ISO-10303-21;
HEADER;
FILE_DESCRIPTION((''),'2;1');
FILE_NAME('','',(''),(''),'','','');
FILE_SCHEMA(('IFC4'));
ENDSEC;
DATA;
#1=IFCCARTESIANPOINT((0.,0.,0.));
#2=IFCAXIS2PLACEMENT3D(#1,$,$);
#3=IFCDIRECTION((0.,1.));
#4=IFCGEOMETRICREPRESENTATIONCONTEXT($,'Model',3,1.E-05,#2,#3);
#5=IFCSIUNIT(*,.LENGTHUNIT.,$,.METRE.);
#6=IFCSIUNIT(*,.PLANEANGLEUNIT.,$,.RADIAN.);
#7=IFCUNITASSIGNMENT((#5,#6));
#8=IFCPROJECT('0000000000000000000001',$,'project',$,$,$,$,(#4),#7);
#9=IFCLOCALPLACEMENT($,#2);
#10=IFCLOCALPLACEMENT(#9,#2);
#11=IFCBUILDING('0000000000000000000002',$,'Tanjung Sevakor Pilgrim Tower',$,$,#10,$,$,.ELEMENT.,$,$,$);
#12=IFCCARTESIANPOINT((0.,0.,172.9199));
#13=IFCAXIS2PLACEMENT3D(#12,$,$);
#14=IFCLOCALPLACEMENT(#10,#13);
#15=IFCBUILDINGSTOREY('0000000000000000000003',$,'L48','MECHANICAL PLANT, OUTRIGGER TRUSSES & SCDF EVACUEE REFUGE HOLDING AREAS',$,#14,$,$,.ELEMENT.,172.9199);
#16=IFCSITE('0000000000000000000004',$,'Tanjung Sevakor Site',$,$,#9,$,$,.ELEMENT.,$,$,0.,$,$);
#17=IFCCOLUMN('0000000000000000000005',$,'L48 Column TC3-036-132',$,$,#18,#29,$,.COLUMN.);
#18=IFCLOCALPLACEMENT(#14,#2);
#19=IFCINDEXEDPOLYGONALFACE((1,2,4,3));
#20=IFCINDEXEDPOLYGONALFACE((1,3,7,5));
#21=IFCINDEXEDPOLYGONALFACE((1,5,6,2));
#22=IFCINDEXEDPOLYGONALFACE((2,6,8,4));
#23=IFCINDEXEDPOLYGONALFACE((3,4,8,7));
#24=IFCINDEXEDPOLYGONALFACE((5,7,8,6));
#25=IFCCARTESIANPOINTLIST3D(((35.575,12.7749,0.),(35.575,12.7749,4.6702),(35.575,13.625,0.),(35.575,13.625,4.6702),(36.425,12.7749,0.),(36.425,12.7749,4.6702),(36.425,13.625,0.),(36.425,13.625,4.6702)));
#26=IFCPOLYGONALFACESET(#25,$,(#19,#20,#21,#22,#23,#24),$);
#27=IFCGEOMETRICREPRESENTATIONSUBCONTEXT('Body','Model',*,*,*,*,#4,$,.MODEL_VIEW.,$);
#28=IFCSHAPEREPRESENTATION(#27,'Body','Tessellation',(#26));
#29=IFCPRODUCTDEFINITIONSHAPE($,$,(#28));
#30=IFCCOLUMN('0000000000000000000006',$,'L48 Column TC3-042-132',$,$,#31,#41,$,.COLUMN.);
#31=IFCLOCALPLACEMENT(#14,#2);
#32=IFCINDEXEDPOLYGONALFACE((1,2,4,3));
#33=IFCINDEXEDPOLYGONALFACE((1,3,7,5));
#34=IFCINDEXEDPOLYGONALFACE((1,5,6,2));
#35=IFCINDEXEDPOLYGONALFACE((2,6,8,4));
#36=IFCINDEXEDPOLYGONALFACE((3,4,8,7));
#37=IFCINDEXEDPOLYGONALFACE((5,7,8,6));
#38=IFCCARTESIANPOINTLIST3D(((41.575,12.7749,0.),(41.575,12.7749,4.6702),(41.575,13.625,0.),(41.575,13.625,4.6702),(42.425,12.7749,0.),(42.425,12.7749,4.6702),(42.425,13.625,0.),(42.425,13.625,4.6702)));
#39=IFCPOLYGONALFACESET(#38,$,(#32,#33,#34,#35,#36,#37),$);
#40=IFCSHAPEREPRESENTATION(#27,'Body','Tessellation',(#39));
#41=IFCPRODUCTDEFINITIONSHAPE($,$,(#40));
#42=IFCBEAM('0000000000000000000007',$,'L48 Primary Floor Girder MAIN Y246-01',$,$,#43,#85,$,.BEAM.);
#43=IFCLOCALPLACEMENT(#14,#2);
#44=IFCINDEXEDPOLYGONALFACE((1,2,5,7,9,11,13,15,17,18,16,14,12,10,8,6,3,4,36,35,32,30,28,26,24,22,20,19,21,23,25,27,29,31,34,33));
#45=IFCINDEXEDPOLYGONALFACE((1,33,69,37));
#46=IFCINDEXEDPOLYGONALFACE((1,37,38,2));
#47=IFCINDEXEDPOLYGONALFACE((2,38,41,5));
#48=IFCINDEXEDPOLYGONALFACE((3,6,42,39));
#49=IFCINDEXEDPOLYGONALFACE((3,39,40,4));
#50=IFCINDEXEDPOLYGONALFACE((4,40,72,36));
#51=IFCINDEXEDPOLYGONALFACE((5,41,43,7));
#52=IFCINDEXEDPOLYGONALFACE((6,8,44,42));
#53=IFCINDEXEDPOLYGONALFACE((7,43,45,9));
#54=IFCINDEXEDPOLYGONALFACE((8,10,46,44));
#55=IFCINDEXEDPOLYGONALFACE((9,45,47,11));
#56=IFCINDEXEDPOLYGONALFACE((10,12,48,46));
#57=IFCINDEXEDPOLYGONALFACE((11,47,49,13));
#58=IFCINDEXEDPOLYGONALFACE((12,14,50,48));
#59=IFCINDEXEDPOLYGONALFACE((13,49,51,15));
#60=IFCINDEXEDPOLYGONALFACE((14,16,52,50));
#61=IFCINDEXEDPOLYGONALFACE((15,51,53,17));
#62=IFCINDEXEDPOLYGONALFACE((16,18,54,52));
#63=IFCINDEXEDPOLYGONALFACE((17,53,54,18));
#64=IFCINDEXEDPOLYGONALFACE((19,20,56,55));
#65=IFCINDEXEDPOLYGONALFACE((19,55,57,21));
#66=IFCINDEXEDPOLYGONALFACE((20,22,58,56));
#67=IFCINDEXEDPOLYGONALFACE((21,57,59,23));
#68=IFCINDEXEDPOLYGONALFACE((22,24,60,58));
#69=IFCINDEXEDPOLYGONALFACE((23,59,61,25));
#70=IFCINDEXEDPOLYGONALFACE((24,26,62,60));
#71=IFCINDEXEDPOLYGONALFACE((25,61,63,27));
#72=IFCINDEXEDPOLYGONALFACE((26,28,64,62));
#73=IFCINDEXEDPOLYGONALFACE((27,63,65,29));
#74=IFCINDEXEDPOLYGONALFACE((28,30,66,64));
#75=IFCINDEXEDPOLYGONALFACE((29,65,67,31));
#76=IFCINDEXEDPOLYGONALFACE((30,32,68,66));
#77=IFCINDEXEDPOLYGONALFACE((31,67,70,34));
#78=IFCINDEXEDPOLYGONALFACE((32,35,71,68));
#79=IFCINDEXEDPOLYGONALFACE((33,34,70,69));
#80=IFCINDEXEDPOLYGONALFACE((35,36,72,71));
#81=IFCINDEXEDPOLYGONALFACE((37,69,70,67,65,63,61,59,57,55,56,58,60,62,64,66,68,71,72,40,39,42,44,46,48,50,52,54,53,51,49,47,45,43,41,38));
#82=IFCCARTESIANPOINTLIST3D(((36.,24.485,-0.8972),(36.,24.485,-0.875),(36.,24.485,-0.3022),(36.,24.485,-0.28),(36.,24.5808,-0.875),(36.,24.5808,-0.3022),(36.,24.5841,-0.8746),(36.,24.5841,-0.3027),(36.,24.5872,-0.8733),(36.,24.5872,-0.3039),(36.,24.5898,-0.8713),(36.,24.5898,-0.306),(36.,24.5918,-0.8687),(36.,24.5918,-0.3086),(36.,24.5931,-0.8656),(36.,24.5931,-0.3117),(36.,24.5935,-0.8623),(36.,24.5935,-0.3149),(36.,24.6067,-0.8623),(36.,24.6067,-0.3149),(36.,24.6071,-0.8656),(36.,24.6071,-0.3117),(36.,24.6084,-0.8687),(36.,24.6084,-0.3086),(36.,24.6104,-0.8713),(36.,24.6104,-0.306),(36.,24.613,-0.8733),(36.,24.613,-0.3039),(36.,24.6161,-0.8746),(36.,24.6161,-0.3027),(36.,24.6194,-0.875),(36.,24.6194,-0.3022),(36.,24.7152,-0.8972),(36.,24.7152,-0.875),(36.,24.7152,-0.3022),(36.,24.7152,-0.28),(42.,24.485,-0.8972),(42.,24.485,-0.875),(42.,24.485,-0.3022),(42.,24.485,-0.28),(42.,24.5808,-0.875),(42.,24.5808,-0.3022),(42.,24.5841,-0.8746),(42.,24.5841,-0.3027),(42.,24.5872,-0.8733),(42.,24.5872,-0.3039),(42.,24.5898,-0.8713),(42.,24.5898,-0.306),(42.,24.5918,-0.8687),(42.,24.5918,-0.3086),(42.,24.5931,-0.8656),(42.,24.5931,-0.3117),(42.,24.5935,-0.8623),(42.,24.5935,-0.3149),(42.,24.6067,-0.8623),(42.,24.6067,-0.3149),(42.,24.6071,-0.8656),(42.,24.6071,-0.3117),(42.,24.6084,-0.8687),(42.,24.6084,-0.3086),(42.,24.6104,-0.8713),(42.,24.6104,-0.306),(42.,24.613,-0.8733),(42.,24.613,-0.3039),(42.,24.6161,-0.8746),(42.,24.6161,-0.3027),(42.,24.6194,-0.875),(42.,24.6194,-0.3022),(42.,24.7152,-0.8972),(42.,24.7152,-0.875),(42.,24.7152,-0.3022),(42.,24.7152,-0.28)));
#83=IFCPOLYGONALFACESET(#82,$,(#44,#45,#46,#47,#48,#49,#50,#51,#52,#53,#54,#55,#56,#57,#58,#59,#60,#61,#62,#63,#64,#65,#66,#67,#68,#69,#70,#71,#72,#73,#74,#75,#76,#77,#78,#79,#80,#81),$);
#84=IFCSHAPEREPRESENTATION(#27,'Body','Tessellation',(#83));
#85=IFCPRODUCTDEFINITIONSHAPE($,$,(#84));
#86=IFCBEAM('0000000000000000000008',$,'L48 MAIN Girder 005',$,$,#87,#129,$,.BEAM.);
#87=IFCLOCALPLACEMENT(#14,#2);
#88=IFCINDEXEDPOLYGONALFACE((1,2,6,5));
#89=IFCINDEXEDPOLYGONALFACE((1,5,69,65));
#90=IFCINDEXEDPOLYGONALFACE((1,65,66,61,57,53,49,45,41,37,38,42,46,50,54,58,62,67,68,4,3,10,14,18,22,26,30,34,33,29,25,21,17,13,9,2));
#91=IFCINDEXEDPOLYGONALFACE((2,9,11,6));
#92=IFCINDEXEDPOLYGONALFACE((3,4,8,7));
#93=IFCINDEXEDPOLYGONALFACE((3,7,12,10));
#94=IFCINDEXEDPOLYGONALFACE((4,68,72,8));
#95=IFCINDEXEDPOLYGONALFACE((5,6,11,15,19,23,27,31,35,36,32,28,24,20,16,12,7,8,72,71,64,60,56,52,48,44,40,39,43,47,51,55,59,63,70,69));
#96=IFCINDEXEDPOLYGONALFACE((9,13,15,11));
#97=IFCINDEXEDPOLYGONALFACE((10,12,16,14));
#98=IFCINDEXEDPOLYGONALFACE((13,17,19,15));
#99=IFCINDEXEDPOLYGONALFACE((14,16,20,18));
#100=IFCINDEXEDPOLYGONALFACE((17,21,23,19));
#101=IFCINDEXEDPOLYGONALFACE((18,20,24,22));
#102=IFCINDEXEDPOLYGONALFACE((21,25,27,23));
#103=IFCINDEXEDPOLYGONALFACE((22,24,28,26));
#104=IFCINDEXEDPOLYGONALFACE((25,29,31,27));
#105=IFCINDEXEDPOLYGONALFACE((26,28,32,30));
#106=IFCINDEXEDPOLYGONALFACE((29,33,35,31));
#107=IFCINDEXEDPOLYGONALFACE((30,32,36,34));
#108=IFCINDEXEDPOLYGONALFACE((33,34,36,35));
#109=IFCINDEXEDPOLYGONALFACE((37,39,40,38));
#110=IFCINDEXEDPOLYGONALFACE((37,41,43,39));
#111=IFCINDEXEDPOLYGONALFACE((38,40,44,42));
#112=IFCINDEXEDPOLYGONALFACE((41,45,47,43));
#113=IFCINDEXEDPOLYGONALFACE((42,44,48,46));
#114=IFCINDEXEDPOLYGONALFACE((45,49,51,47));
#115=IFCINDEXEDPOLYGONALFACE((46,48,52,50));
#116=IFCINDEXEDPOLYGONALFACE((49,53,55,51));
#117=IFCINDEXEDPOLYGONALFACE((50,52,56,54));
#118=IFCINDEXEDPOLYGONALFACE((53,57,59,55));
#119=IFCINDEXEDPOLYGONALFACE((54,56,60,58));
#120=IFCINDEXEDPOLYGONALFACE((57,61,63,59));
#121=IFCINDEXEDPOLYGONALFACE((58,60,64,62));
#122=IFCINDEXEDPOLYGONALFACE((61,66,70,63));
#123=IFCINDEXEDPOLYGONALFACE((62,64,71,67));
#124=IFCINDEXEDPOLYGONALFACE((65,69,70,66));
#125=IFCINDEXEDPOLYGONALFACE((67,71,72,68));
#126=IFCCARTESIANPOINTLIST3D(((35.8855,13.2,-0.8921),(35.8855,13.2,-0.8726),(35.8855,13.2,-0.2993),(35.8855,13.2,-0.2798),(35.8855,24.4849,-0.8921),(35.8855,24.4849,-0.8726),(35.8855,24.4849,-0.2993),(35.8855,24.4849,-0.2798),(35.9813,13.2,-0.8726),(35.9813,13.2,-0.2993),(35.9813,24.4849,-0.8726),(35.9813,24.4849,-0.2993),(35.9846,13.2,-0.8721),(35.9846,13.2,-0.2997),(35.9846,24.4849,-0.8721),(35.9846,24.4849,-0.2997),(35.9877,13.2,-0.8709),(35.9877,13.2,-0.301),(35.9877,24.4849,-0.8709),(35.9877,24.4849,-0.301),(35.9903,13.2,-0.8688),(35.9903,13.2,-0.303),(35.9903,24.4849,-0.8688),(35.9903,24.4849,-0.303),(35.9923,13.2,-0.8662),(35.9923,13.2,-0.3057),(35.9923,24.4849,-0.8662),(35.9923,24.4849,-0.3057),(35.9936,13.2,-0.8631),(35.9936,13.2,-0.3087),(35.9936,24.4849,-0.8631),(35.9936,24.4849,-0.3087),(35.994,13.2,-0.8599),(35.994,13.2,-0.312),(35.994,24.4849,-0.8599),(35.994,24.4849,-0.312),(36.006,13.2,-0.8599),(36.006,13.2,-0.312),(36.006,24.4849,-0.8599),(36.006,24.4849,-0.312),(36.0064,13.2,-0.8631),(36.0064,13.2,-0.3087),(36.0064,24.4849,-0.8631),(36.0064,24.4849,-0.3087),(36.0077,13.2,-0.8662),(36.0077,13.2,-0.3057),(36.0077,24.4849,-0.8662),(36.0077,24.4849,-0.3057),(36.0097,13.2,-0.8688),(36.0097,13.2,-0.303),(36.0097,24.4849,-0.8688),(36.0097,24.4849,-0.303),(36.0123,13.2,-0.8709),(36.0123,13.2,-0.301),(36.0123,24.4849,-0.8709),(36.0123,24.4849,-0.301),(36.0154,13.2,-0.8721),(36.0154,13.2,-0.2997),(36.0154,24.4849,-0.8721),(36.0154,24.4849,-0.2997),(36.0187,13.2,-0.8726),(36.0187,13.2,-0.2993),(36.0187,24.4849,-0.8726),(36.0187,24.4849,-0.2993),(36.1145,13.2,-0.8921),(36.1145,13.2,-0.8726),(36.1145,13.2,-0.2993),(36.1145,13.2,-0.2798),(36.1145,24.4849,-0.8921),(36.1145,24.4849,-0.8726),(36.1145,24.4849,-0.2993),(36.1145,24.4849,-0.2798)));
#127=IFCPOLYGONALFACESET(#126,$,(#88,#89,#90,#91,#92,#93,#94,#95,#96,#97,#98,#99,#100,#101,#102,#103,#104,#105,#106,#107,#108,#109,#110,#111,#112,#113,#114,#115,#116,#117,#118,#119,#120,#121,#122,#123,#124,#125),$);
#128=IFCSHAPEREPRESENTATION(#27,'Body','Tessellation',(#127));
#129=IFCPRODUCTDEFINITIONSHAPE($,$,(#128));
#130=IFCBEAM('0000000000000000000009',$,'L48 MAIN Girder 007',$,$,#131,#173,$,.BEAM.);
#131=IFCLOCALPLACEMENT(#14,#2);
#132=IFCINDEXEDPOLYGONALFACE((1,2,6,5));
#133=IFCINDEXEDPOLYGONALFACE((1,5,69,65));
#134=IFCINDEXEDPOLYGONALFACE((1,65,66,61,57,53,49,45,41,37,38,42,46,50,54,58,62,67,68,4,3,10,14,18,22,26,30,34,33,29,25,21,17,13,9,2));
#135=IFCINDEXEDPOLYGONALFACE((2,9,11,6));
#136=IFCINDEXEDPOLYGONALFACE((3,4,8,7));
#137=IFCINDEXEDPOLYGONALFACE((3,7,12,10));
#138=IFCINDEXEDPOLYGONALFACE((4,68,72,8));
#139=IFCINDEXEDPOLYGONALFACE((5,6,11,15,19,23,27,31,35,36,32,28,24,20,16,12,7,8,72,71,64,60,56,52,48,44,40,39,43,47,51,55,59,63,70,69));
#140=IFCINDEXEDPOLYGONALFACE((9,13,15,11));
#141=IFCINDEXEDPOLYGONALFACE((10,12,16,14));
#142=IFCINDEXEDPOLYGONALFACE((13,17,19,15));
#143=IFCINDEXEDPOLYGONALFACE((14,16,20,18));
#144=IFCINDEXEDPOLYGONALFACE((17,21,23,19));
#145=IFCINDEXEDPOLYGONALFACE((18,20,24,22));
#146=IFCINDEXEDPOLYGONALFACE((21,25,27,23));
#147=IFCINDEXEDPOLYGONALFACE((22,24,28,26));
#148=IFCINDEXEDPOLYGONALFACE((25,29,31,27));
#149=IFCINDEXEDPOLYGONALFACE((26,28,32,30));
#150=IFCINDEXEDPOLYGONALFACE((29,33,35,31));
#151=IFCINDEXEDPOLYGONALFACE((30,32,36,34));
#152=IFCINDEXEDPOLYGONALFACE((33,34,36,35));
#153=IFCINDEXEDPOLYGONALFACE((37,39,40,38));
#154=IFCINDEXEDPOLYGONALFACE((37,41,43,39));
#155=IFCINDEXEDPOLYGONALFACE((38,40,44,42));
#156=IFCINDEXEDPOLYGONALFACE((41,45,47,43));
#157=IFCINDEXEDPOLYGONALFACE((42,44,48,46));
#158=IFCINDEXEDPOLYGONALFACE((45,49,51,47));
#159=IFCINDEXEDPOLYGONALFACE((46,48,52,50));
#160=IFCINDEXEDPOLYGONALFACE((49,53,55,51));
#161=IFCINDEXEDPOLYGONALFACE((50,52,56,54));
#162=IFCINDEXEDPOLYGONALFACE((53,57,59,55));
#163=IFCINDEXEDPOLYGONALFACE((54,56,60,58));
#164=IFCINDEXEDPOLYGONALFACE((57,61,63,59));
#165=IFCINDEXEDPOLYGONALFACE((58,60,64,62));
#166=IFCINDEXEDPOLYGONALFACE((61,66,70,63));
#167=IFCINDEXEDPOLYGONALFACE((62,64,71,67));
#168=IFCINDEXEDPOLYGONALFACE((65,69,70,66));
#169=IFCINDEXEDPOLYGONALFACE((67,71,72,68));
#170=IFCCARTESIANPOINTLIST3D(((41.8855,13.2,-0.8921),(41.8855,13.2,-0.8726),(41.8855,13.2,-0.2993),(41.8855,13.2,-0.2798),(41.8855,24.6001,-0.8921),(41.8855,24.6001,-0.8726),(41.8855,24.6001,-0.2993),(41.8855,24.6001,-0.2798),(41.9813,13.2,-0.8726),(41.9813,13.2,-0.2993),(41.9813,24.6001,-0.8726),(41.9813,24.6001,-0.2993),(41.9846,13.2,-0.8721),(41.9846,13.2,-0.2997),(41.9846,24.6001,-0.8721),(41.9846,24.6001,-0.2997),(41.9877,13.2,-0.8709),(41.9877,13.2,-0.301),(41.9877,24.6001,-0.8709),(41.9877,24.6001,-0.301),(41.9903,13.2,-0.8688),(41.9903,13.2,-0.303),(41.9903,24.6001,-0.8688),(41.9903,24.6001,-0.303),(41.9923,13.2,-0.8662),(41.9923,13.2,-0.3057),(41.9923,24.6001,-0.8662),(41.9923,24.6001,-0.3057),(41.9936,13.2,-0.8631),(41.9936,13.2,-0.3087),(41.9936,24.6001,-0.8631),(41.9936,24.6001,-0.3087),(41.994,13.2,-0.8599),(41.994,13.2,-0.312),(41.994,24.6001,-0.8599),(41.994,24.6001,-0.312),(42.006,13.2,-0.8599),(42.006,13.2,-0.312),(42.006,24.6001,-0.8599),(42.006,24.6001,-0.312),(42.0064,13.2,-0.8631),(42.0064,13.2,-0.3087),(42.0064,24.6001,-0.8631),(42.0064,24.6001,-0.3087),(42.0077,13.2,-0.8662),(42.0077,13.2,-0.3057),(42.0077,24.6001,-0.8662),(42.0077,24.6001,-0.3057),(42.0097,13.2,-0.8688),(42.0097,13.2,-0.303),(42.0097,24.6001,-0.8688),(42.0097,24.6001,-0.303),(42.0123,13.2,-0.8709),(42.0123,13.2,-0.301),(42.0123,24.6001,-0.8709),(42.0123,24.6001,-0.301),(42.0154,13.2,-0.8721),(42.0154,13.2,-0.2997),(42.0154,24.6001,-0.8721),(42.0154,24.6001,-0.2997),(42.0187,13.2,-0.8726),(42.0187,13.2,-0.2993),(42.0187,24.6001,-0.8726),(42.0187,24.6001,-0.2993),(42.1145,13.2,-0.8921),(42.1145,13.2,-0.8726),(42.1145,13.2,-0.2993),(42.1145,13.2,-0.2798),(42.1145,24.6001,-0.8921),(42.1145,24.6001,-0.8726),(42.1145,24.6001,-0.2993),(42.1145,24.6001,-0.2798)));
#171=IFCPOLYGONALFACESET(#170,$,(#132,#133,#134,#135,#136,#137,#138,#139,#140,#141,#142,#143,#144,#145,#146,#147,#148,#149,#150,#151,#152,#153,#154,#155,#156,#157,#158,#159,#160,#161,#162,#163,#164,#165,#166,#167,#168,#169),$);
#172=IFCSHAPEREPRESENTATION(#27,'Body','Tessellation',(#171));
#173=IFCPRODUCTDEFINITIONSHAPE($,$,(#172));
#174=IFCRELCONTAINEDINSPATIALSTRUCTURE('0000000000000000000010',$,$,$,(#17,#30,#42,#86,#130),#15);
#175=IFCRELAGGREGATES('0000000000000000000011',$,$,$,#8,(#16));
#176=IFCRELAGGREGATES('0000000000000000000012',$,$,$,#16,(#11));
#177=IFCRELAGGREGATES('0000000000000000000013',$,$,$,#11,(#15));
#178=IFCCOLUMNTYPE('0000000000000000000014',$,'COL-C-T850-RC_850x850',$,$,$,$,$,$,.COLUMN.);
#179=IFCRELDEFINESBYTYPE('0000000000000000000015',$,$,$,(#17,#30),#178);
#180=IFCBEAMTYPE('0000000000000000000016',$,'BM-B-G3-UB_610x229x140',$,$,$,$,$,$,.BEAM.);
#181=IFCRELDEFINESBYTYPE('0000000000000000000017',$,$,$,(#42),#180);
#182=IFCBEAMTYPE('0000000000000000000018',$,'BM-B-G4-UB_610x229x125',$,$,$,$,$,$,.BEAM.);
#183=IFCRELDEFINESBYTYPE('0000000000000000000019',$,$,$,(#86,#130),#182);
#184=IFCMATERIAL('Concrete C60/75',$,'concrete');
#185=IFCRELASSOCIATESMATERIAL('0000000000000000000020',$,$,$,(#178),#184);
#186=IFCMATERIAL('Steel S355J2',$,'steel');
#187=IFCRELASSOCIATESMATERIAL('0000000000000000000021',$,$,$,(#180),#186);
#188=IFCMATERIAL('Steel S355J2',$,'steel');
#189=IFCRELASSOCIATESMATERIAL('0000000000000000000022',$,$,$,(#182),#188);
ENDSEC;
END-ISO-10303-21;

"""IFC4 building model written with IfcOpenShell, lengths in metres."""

from ifc_helpers import new_model, si_unit, direction, frame, origin, origin_2d, place, context, subcontext, project, spatial, rectangle, i_section, extrude, material, material_profile, profile_set, type_object, element, save


model = new_model("IFC4")

# Units and contexts
model_context = context("Model", 3, precision=1e-05, world=origin(), true_north=direction((0.0, 1.0)))
body_context = subcontext(model_context, "Body", "Model", "MODEL_VIEW")
ifc_project = project(units=[si_unit("LENGTHUNIT", "METRE"), si_unit("PLANEANGLEUNIT", "RADIAN")], contexts=[model_context])

# Site, building, storey
site_placement = place(None, origin())
site = spatial("IfcSite", under=ifc_project, at=site_placement, Name="Tanjung Sevakor Site", CompositionType="ELEMENT", RefElevation=0.0)
building_placement = place(site_placement, origin())
building = spatial("IfcBuilding", under=site, at=building_placement, Name="Tanjung Sevakor Pilgrim Tower", CompositionType="ELEMENT")
storey_placement = place(building_placement, frame((0.0, 0.0, 172.9199)))
storey = spatial("IfcBuildingStorey", under=building, at=storey_placement, Name="L48", Description="MECHANICAL PLANT, OUTRIGGER TRUSSES & SCDF EVACUEE REFUGE HOLDING AREAS", CompositionType="ELEMENT", Elevation=172.9199)

# Columns
ifc_material_1 = material(Name="Concrete C60/75", Category="concrete")
ifc_material_profile_1 = material_profile(ifc_material_1, rectangle(XDim=0.8501, YDim=0.8501, at=origin_2d()))
ifc_profile_set_1 = profile_set([ifc_material_profile_1], Name="Concrete C60/75")
column_type = type_object("IfcColumnType", Name="COL-C-T850-RC_850x850", PredefinedType="COLUMN", material=ifc_profile_set_1)
for number, where, z_axis, x_axis, name in (
    (1, (36.0, 13.2, 0.0), (0.0, 0.0, 1.0), (1.0, 0.0, 0.0), "L48 Column TC3-036-132"),
    (2, (42.0, 13.2, 0.0), (0.0, 0.0, 1.0), (1.0, 0.0, 0.0), "L48 Column TC3-042-132"),
):
    element("IfcColumn", number, at=place(storey_placement, frame(where, z_axis=z_axis, x_axis=x_axis)), inside=storey, type_object=column_type, Name=name, PredefinedType="COLUMN", context=body_context, shape_type="SweptSolid", body=[
        extrude(rectangle(XDim=0.8501, YDim=0.8501, at=origin_2d()), origin(), (0.0, 0.0, 1.0), 4.6702),
    ])

# Beams
ifc_material_2 = material(Name="Steel S355J2", Category="steel")
ifc_material_profile_2 = material_profile(ifc_material_2, i_section(OverallWidth=0.2302, OverallDepth=0.6172, WebThickness=0.0132, FlangeThickness=0.0222, FilletRadius=0.0127, at=origin_2d()))
ifc_profile_set_2 = profile_set([ifc_material_profile_2], Name="Steel S355J2")
beam_type_1 = type_object("IfcBeamType", Name="BM-B-G3-UB_610x229x140", PredefinedType="BEAM", material=ifc_profile_set_2)
beam_1_placement = place(storey_placement, frame((36.0, 24.6001, -0.5886), z_axis=(1.0, 0.0, 0.0), x_axis=(0.0, 1.0, 0.0)))
element("IfcBeam", 3, at=beam_1_placement, inside=storey, type_object=beam_type_1, Name="L48 Primary Floor Girder MAIN Y246-01", PredefinedType="BEAM", context=body_context, shape_type="SweptSolid", body=[
    extrude(i_section(OverallWidth=0.2302, OverallDepth=0.6172, WebThickness=0.0132, FlangeThickness=0.0222, FilletRadius=0.0127, at=origin_2d()), origin(), (0.0, 0.0, 1.0), 6.0),
])
ifc_material_3 = material(Name="Steel S355J2", Category="steel")
ifc_material_profile_3 = material_profile(ifc_material_3, i_section(OverallWidth=0.229, OverallDepth=0.6123, WebThickness=0.012, FlangeThickness=0.0195, FilletRadius=0.0127, at=origin_2d()))
ifc_profile_set_3 = profile_set([ifc_material_profile_3], Name="Steel S355J2")
beam_type_2 = type_object("IfcBeamType", Name="BM-B-G4-UB_610x229x125", PredefinedType="BEAM", material=ifc_profile_set_3)
beam_2_placement = place(storey_placement, frame((36.0, 13.2, -0.5859), z_axis=(0.0, 1.0, 0.0), x_axis=(-1.0, 0.0, 0.0)))
element("IfcBeam", 4, at=beam_2_placement, inside=storey, type_object=beam_type_2, Name="L48 MAIN Girder 005", PredefinedType="BEAM", context=body_context, shape_type="SweptSolid", body=[
    extrude(i_section(OverallWidth=0.229, OverallDepth=0.6123, WebThickness=0.012, FlangeThickness=0.0195, FilletRadius=0.0127, at=origin_2d()), origin(), (0.0, 0.0, 1.0), 11.2849),
])
beam_3_placement = place(storey_placement, frame((42.0, 13.2, -0.5859), z_axis=(0.0, 1.0, 0.0), x_axis=(-1.0, 0.0, 0.0)))
element("IfcBeam", 5, at=beam_3_placement, inside=storey, type_object=beam_type_2, Name="L48 MAIN Girder 007", PredefinedType="BEAM", context=body_context, shape_type="SweptSolid", body=[
    extrude(i_section(OverallWidth=0.229, OverallDepth=0.6123, WebThickness=0.012, FlangeThickness=0.0195, FilletRadius=0.0127, at=origin_2d()), origin(), (0.0, 0.0, 1.0), 11.4001),
])

save(model, "model.ifc")
